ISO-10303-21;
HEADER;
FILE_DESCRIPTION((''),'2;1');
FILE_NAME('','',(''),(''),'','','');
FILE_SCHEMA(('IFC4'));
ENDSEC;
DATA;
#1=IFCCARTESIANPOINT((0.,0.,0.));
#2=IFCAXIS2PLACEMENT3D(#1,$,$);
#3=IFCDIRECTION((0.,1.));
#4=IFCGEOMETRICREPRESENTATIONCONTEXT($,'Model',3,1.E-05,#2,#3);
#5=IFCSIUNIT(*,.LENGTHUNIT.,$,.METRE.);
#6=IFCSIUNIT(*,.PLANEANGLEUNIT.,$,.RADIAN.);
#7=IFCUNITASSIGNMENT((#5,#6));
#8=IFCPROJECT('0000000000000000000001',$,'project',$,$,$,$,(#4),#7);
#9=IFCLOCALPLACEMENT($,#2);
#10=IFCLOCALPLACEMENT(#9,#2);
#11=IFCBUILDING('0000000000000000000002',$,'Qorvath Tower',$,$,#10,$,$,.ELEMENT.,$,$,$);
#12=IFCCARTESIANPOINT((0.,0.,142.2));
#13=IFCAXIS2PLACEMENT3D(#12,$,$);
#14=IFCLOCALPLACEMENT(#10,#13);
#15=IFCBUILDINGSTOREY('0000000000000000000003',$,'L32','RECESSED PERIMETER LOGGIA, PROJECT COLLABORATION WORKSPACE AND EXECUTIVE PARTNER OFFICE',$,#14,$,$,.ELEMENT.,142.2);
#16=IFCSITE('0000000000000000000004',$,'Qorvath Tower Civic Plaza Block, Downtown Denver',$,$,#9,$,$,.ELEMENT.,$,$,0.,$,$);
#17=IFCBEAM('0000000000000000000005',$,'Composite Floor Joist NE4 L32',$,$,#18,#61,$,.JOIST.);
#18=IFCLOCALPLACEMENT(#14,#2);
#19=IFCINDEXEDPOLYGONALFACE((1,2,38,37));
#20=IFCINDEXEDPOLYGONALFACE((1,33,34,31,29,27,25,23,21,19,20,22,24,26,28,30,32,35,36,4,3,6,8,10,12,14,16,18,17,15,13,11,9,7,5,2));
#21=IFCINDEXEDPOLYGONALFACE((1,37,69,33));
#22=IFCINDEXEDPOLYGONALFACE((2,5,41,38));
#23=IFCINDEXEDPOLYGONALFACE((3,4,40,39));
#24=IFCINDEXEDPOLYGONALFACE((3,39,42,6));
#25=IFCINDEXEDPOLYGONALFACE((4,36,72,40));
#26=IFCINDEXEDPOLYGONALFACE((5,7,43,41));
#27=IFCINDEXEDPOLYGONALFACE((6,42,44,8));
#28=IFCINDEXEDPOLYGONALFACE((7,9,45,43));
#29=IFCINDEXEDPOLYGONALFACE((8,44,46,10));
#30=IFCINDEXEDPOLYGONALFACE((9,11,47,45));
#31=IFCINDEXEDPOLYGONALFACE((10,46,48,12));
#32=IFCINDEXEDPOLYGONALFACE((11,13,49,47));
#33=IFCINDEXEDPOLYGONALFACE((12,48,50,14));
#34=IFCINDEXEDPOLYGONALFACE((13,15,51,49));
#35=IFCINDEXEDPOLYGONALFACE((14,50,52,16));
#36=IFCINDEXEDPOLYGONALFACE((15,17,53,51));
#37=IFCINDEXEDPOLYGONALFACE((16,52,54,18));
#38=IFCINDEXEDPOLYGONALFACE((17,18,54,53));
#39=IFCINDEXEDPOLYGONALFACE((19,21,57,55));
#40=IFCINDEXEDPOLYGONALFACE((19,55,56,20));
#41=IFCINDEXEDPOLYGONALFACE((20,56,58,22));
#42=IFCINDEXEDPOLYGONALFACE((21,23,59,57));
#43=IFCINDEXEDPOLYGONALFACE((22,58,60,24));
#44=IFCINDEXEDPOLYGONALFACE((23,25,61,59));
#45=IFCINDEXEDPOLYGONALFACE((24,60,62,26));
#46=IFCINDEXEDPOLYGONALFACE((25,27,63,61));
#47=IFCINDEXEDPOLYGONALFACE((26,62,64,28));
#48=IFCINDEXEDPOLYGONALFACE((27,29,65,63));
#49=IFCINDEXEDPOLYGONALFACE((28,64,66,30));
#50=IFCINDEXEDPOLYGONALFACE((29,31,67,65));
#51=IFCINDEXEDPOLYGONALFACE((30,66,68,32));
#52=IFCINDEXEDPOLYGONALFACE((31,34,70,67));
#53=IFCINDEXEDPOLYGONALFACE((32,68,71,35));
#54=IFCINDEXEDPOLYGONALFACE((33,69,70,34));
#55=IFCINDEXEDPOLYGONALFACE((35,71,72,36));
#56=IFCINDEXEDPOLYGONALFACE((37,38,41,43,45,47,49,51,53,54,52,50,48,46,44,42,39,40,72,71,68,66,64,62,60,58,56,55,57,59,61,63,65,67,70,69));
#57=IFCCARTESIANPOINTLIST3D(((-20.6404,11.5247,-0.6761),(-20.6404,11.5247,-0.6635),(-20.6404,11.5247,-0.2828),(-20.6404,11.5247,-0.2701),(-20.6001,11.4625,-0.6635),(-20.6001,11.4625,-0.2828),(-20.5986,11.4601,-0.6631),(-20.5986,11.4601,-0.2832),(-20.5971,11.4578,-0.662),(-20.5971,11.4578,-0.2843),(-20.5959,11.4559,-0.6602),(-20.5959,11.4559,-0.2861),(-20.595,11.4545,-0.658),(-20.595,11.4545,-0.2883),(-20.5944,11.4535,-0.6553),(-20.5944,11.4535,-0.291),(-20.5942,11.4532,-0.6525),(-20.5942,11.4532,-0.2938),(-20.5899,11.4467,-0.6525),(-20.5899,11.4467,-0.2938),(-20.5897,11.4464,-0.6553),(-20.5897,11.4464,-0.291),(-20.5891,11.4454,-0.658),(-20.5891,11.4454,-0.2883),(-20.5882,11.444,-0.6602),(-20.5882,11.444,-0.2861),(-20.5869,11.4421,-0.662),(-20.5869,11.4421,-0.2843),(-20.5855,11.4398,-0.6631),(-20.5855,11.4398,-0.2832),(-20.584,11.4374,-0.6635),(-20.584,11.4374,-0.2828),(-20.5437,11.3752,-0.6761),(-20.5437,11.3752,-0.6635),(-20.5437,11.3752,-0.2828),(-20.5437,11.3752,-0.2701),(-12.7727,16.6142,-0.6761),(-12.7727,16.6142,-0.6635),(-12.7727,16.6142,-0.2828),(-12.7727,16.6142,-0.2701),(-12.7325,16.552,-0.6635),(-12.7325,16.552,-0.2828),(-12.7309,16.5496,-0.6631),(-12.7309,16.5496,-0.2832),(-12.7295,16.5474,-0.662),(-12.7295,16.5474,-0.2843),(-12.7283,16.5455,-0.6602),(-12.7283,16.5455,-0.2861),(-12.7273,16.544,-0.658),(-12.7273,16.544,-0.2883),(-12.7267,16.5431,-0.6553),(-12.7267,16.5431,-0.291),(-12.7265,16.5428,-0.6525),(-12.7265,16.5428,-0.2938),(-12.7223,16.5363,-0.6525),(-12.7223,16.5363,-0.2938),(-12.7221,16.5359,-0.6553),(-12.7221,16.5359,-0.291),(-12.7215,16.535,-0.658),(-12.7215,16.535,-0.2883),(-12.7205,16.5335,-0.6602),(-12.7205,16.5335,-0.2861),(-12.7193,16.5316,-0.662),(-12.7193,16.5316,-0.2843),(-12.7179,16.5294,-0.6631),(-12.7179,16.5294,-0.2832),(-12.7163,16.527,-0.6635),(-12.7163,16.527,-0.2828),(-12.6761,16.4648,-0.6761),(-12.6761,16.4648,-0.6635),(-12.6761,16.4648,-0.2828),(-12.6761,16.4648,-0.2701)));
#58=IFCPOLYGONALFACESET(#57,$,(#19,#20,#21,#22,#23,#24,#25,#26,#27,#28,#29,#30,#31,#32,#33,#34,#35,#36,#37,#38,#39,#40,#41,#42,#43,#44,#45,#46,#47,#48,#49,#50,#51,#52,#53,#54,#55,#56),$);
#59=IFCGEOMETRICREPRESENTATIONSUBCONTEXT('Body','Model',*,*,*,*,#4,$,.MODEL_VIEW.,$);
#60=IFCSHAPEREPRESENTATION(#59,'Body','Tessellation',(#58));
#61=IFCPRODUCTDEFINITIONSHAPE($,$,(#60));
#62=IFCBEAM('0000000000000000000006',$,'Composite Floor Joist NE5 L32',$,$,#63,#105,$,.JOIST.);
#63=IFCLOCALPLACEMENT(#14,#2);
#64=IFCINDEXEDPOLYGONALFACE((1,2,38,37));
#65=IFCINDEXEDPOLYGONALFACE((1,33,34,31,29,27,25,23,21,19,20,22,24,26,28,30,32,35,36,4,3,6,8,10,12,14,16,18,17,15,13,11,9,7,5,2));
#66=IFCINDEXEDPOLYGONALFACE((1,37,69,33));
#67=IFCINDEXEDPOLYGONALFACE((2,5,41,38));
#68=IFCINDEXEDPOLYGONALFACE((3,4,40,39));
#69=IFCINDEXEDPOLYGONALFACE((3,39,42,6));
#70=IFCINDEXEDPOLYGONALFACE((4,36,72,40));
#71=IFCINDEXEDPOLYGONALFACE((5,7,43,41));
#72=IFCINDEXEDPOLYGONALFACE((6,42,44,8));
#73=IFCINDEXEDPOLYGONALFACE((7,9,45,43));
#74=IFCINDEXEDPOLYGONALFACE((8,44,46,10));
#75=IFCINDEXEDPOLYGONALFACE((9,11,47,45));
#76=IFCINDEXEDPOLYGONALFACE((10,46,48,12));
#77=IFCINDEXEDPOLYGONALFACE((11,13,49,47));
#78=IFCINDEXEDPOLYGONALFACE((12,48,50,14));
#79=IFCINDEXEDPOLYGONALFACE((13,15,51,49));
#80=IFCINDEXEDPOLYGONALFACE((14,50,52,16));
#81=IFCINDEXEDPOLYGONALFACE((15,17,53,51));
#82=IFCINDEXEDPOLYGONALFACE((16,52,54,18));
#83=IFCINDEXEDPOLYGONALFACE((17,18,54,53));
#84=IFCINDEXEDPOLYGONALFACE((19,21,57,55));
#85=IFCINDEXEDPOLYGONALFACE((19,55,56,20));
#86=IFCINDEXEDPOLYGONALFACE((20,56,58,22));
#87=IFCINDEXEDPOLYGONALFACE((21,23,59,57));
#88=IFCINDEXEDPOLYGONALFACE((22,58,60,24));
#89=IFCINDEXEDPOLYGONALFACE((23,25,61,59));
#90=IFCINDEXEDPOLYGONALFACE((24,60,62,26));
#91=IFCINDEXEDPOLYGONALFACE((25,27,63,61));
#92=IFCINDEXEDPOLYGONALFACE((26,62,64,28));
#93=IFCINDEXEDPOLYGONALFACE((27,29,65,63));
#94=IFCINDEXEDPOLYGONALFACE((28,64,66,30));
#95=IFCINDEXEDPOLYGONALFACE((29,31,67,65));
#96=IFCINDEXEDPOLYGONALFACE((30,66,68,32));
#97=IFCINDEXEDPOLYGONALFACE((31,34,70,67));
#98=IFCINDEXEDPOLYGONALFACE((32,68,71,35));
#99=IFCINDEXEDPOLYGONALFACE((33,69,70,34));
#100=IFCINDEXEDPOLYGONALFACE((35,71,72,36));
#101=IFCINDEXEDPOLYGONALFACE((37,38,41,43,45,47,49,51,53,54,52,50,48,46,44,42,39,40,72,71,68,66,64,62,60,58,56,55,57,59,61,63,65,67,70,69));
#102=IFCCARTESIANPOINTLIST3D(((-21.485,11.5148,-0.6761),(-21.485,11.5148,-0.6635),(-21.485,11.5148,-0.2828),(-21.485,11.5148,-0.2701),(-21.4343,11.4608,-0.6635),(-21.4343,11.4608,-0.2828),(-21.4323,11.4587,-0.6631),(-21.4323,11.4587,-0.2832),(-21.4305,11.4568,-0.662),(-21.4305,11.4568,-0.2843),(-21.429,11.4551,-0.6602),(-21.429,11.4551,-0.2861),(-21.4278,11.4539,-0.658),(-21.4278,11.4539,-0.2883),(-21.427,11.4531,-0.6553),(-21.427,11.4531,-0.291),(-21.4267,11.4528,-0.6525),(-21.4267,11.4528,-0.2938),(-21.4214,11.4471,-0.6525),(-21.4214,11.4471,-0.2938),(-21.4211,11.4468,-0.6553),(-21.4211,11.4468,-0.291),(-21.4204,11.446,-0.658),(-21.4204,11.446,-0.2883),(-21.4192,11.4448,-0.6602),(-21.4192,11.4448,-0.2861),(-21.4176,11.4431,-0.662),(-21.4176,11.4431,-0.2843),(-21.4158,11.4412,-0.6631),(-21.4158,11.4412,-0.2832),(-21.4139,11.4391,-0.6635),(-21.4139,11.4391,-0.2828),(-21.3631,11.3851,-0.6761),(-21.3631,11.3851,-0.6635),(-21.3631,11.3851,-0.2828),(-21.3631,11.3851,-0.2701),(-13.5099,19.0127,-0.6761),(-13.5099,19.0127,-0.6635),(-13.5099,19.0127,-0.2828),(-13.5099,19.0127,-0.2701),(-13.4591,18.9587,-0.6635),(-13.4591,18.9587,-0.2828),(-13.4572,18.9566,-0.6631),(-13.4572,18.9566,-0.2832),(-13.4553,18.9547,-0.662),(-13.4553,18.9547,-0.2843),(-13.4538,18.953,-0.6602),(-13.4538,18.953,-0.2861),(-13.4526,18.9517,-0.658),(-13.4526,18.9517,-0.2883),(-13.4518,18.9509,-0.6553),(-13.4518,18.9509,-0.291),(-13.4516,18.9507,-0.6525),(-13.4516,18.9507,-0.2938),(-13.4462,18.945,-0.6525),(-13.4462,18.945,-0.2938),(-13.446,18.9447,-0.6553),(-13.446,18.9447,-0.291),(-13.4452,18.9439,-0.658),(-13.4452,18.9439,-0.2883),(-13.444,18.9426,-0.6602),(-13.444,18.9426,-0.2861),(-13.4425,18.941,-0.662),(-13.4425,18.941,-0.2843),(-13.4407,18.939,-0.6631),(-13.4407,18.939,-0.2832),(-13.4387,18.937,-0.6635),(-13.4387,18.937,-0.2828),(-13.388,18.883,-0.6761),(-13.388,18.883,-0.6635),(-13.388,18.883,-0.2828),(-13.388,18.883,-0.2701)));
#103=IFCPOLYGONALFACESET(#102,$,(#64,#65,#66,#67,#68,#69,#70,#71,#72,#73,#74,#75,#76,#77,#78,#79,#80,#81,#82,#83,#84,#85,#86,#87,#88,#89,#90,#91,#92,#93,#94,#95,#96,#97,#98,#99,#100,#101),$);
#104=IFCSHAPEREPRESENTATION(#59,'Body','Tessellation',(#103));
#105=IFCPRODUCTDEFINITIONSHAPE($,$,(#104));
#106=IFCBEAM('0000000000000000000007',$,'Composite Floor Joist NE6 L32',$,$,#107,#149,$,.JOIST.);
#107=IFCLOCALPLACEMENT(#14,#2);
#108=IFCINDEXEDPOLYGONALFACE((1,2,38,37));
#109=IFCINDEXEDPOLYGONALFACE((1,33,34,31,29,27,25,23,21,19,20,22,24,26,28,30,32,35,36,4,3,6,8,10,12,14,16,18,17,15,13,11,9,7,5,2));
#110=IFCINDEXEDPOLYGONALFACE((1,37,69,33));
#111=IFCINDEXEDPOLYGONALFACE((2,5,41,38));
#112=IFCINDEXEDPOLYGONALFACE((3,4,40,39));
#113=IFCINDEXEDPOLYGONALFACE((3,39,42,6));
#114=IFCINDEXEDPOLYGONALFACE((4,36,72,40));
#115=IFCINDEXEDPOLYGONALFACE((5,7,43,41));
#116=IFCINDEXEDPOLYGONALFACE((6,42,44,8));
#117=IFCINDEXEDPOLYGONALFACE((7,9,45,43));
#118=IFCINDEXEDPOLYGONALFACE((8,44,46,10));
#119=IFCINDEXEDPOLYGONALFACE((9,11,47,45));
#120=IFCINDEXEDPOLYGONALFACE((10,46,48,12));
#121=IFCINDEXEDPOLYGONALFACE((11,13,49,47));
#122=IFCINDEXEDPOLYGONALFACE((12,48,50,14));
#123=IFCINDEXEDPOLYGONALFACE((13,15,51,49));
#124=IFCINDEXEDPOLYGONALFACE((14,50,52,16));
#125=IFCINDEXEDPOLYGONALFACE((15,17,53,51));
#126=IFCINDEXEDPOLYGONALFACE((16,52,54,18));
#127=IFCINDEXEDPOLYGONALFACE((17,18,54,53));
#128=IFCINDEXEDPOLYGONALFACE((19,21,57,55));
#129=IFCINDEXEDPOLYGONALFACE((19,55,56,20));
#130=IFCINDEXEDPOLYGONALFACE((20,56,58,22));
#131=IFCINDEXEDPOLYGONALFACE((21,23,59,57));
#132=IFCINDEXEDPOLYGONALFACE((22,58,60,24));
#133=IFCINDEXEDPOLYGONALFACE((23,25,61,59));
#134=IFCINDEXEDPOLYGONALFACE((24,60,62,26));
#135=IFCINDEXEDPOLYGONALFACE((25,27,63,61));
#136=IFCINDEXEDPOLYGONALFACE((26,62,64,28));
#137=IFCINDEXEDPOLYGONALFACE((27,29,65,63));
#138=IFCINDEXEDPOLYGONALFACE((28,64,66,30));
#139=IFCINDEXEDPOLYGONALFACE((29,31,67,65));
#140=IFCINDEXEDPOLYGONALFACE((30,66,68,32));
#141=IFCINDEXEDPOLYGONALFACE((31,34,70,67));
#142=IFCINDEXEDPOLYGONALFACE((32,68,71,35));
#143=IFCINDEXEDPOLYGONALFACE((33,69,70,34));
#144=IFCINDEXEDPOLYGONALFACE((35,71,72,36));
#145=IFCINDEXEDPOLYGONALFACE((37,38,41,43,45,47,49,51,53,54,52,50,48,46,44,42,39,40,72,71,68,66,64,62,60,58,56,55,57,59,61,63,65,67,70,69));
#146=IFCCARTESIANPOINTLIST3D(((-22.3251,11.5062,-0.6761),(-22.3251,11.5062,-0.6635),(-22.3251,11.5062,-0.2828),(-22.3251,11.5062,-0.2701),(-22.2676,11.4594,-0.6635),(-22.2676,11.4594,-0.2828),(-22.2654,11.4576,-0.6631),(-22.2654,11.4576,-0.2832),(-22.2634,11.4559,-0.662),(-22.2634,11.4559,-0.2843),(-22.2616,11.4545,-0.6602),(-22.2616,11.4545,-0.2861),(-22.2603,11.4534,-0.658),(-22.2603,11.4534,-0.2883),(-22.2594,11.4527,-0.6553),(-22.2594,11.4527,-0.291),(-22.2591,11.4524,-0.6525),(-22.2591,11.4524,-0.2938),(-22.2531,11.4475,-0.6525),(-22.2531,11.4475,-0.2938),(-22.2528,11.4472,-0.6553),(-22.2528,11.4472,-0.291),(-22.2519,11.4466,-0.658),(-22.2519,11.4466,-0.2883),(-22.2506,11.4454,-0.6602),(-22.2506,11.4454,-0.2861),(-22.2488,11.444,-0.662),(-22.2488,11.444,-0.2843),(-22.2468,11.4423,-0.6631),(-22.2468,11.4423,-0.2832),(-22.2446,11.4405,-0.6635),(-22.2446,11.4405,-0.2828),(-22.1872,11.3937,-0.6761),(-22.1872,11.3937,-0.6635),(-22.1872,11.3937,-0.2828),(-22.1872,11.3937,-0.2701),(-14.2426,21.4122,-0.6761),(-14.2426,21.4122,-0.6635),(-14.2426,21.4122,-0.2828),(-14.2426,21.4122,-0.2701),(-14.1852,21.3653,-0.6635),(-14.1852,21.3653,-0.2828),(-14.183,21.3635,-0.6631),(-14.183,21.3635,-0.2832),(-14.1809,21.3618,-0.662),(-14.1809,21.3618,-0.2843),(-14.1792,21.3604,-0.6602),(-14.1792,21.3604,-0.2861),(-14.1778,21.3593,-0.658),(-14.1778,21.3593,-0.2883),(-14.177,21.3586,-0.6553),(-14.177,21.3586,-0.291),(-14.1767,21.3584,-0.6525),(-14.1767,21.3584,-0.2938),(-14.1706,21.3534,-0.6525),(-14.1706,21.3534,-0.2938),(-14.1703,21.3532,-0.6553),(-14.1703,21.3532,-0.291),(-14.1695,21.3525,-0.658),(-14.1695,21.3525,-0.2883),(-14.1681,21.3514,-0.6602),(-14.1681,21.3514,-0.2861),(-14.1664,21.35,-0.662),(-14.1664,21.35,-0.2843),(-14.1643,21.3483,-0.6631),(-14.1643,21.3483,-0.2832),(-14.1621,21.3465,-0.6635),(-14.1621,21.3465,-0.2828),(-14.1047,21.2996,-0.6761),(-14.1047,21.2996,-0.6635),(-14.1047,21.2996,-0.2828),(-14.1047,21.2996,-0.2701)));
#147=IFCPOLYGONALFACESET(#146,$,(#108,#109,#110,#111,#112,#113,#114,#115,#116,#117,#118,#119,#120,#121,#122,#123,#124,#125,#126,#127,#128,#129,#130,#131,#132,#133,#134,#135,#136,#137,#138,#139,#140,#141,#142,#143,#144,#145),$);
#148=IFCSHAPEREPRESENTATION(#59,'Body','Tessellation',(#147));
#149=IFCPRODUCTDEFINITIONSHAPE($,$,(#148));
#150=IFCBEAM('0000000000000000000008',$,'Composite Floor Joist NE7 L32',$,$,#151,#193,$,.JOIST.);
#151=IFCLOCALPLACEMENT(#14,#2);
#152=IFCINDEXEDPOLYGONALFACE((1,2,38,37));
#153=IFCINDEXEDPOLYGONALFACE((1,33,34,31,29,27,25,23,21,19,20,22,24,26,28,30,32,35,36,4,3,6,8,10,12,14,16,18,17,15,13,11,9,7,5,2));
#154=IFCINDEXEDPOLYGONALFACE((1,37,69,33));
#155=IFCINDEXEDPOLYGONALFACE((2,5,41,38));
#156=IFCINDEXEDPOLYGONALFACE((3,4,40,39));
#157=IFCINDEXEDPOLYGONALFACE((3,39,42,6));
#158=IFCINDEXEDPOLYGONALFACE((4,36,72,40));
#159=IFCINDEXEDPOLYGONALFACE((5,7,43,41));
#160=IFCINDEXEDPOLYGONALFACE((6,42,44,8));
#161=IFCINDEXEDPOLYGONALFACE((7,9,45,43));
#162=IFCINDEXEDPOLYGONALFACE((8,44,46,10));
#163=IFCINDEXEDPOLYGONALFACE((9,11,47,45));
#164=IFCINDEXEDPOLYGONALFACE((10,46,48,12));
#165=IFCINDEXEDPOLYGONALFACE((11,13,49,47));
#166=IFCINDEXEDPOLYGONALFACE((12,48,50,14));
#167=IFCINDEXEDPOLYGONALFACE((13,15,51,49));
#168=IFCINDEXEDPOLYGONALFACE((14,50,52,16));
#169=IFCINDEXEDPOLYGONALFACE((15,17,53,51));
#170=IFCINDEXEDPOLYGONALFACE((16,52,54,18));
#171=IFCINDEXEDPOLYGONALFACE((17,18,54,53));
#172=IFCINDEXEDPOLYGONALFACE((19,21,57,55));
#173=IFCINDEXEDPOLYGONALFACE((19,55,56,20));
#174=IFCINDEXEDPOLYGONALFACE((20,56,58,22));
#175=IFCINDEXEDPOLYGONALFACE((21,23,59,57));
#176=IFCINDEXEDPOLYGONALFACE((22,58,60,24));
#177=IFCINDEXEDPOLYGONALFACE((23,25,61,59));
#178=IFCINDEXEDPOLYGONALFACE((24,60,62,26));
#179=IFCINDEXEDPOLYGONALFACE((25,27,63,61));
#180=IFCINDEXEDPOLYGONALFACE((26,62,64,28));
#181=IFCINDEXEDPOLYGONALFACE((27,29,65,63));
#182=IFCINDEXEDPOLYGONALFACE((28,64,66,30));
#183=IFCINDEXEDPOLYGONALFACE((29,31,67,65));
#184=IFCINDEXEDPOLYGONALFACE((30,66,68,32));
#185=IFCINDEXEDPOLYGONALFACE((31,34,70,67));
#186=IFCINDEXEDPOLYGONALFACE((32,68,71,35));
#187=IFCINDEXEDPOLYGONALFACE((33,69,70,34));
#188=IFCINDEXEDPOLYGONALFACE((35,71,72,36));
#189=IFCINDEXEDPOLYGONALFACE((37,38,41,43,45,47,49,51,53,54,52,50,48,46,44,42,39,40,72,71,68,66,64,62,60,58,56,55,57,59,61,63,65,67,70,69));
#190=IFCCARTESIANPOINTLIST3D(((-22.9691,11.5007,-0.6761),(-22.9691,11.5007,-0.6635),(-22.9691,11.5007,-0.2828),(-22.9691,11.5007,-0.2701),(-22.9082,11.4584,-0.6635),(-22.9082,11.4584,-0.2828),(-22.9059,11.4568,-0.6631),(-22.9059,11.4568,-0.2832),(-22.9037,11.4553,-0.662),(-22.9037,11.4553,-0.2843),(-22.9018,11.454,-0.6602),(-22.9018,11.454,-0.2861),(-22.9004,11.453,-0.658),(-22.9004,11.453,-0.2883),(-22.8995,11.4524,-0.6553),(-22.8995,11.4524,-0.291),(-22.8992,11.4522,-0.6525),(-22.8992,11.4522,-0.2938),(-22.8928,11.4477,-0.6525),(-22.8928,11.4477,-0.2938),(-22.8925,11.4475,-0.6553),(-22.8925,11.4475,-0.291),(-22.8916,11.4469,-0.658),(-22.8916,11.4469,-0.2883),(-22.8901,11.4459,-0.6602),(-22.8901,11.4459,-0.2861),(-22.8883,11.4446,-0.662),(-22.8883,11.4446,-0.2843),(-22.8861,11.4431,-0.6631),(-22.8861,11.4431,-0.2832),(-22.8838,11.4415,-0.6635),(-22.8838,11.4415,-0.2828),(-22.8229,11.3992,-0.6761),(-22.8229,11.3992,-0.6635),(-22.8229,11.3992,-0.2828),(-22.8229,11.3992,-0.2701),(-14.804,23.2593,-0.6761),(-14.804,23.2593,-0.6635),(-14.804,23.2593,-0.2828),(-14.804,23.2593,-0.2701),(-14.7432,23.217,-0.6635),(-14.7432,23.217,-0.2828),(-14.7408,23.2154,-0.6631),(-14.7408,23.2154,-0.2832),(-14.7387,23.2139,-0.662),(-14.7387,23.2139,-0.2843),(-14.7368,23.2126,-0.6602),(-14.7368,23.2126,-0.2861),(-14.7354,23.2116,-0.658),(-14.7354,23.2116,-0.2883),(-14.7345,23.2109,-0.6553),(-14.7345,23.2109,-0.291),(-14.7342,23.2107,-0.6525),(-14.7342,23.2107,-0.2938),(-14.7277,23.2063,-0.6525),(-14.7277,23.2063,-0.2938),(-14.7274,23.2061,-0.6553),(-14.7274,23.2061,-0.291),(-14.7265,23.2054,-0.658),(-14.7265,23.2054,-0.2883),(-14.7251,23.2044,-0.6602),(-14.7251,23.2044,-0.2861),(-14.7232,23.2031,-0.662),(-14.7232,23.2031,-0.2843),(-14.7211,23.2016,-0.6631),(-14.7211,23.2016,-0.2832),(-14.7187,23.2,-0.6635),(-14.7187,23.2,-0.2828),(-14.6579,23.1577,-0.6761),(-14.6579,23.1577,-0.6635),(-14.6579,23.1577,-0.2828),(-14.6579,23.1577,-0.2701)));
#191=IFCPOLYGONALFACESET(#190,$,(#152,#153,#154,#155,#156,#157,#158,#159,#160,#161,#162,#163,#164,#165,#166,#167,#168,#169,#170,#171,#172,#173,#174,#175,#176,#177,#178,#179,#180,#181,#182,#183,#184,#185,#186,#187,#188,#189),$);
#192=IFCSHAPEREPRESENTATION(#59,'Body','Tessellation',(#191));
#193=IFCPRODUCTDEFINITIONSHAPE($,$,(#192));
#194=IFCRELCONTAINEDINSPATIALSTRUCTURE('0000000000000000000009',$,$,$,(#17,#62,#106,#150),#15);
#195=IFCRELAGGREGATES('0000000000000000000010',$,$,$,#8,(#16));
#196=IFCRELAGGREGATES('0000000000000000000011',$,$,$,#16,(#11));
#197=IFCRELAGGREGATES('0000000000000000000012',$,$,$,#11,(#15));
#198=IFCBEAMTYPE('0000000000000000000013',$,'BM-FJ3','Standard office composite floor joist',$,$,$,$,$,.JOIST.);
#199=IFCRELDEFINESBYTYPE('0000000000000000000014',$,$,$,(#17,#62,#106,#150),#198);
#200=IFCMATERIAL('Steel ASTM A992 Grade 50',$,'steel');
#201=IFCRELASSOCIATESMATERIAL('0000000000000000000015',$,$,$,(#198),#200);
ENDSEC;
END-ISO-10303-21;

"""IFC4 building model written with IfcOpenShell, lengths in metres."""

from ifc_helpers import new_model, si_unit, direction, frame, origin, origin_2d, place, context, subcontext, project, spatial, i_section, extrude, material, material_profile, profile_set, type_object, element, save


model = new_model("IFC4")

# Units and contexts
model_context = context("Model", 3, precision=1e-05, world=origin(), true_north=direction((0.0, 1.0)))
body_context = subcontext(model_context, "Body", "Model", "MODEL_VIEW")
ifc_project = project(units=[si_unit("LENGTHUNIT", "METRE"), si_unit("PLANEANGLEUNIT", "RADIAN")], contexts=[model_context])

# Site, building, storey
site_placement = place(None, origin())
site = spatial("IfcSite", under=ifc_project, at=site_placement, Name="Qorvath Tower Civic Plaza Block, Downtown Denver", CompositionType="ELEMENT", RefElevation=0.0)
building_placement = place(site_placement, origin())
building = spatial("IfcBuilding", under=site, at=building_placement, Name="Qorvath Tower", CompositionType="ELEMENT")
storey_placement = place(building_placement, frame((0.0, 0.0, 142.2)))
storey = spatial("IfcBuildingStorey", under=building, at=storey_placement, Name="L32", Description="RECESSED PERIMETER LOGGIA, PROJECT COLLABORATION WORKSPACE AND EXECUTIVE PARTNER OFFICE", CompositionType="ELEMENT", Elevation=142.2)

# Beams
ifc_material_1 = material(Name="Steel ASTM A992 Grade 50", Category="steel")
ifc_material_profile_1 = material_profile(ifc_material_1, i_section(OverallWidth=0.178, OverallDepth=0.406, WebThickness=0.0078, FlangeThickness=0.0127, FilletRadius=0.011, at=origin_2d()), Name="W16x40")
ifc_profile_set_1 = profile_set([ifc_material_profile_1], Name="Steel ASTM A992 Grade 50")
beam_type_1 = type_object("IfcBeamType", Name="BM-FJ3", Description="Standard office composite floor joist", PredefinedType="JOIST", material=ifc_profile_set_1)
beam_1_placement = place(storey_placement, frame((-20.592, 11.45, -0.4731), z_axis=(0.839631, 0.543157, 0.0), x_axis=(-0.543157, 0.839631, 0.0)))
element("IfcBeam", 1, at=beam_1_placement, inside=storey, type_object=beam_type_1, Name="Composite Floor Joist NE4 L32", PredefinedType="JOIST", context=body_context, shape_type="SweptSolid", body=[
    extrude(i_section(OverallWidth=0.178, OverallDepth=0.406, WebThickness=0.0078, FlangeThickness=0.0127, FilletRadius=0.011, at=origin_2d()), origin(), (0.0, 0.0, 1.0), 9.3704),
])
beam_2_placement = place(storey_placement, frame((-21.4241, 11.45, -0.4731), z_axis=(0.728572, 0.684969, 0.0), x_axis=(-0.684969, 0.728572, 0.0)))
element("IfcBeam", 2, at=beam_2_placement, inside=storey, type_object=beam_type_1, Name="Composite Floor Joist NE5 L32", PredefinedType="JOIST", context=body_context, shape_type="SweptSolid", body=[
    extrude(i_section(OverallWidth=0.178, OverallDepth=0.406, WebThickness=0.0078, FlangeThickness=0.0127, FilletRadius=0.011, at=origin_2d()), origin(), (0.0, 0.0, 1.0), 10.9463),
])
beam_3_placement = place(storey_placement, frame((-22.2561, 11.45, -0.4731), z_axis=(0.632188, 0.774815, 0.0), x_axis=(-0.774815, 0.632188, 0.0)))
element("IfcBeam", 3, at=beam_3_placement, inside=storey, type_object=beam_type_1, Name="Composite Floor Joist NE6 L32", PredefinedType="JOIST", context=body_context, shape_type="SweptSolid", body=[
    extrude(i_section(OverallWidth=0.178, OverallDepth=0.406, WebThickness=0.0078, FlangeThickness=0.0127, FilletRadius=0.011, at=origin_2d()), origin(), (0.0, 0.0, 1.0), 12.7849),
])
beam_4_placement = place(storey_placement, frame((-22.896, 11.45, -0.4731), z_axis=(0.570367, 0.82139, 0.0), x_axis=(-0.82139, 0.570367, 0.0)))
element("IfcBeam", 4, at=beam_4_placement, inside=storey, type_object=beam_type_1, Name="Composite Floor Joist NE7 L32", PredefinedType="JOIST", context=body_context, shape_type="SweptSolid", body=[
    extrude(i_section(OverallWidth=0.178, OverallDepth=0.406, WebThickness=0.0078, FlangeThickness=0.0127, FilletRadius=0.011, at=origin_2d()), origin(), (0.0, 0.0, 1.0), 14.3154),
])

save(model, "model.ifc")
